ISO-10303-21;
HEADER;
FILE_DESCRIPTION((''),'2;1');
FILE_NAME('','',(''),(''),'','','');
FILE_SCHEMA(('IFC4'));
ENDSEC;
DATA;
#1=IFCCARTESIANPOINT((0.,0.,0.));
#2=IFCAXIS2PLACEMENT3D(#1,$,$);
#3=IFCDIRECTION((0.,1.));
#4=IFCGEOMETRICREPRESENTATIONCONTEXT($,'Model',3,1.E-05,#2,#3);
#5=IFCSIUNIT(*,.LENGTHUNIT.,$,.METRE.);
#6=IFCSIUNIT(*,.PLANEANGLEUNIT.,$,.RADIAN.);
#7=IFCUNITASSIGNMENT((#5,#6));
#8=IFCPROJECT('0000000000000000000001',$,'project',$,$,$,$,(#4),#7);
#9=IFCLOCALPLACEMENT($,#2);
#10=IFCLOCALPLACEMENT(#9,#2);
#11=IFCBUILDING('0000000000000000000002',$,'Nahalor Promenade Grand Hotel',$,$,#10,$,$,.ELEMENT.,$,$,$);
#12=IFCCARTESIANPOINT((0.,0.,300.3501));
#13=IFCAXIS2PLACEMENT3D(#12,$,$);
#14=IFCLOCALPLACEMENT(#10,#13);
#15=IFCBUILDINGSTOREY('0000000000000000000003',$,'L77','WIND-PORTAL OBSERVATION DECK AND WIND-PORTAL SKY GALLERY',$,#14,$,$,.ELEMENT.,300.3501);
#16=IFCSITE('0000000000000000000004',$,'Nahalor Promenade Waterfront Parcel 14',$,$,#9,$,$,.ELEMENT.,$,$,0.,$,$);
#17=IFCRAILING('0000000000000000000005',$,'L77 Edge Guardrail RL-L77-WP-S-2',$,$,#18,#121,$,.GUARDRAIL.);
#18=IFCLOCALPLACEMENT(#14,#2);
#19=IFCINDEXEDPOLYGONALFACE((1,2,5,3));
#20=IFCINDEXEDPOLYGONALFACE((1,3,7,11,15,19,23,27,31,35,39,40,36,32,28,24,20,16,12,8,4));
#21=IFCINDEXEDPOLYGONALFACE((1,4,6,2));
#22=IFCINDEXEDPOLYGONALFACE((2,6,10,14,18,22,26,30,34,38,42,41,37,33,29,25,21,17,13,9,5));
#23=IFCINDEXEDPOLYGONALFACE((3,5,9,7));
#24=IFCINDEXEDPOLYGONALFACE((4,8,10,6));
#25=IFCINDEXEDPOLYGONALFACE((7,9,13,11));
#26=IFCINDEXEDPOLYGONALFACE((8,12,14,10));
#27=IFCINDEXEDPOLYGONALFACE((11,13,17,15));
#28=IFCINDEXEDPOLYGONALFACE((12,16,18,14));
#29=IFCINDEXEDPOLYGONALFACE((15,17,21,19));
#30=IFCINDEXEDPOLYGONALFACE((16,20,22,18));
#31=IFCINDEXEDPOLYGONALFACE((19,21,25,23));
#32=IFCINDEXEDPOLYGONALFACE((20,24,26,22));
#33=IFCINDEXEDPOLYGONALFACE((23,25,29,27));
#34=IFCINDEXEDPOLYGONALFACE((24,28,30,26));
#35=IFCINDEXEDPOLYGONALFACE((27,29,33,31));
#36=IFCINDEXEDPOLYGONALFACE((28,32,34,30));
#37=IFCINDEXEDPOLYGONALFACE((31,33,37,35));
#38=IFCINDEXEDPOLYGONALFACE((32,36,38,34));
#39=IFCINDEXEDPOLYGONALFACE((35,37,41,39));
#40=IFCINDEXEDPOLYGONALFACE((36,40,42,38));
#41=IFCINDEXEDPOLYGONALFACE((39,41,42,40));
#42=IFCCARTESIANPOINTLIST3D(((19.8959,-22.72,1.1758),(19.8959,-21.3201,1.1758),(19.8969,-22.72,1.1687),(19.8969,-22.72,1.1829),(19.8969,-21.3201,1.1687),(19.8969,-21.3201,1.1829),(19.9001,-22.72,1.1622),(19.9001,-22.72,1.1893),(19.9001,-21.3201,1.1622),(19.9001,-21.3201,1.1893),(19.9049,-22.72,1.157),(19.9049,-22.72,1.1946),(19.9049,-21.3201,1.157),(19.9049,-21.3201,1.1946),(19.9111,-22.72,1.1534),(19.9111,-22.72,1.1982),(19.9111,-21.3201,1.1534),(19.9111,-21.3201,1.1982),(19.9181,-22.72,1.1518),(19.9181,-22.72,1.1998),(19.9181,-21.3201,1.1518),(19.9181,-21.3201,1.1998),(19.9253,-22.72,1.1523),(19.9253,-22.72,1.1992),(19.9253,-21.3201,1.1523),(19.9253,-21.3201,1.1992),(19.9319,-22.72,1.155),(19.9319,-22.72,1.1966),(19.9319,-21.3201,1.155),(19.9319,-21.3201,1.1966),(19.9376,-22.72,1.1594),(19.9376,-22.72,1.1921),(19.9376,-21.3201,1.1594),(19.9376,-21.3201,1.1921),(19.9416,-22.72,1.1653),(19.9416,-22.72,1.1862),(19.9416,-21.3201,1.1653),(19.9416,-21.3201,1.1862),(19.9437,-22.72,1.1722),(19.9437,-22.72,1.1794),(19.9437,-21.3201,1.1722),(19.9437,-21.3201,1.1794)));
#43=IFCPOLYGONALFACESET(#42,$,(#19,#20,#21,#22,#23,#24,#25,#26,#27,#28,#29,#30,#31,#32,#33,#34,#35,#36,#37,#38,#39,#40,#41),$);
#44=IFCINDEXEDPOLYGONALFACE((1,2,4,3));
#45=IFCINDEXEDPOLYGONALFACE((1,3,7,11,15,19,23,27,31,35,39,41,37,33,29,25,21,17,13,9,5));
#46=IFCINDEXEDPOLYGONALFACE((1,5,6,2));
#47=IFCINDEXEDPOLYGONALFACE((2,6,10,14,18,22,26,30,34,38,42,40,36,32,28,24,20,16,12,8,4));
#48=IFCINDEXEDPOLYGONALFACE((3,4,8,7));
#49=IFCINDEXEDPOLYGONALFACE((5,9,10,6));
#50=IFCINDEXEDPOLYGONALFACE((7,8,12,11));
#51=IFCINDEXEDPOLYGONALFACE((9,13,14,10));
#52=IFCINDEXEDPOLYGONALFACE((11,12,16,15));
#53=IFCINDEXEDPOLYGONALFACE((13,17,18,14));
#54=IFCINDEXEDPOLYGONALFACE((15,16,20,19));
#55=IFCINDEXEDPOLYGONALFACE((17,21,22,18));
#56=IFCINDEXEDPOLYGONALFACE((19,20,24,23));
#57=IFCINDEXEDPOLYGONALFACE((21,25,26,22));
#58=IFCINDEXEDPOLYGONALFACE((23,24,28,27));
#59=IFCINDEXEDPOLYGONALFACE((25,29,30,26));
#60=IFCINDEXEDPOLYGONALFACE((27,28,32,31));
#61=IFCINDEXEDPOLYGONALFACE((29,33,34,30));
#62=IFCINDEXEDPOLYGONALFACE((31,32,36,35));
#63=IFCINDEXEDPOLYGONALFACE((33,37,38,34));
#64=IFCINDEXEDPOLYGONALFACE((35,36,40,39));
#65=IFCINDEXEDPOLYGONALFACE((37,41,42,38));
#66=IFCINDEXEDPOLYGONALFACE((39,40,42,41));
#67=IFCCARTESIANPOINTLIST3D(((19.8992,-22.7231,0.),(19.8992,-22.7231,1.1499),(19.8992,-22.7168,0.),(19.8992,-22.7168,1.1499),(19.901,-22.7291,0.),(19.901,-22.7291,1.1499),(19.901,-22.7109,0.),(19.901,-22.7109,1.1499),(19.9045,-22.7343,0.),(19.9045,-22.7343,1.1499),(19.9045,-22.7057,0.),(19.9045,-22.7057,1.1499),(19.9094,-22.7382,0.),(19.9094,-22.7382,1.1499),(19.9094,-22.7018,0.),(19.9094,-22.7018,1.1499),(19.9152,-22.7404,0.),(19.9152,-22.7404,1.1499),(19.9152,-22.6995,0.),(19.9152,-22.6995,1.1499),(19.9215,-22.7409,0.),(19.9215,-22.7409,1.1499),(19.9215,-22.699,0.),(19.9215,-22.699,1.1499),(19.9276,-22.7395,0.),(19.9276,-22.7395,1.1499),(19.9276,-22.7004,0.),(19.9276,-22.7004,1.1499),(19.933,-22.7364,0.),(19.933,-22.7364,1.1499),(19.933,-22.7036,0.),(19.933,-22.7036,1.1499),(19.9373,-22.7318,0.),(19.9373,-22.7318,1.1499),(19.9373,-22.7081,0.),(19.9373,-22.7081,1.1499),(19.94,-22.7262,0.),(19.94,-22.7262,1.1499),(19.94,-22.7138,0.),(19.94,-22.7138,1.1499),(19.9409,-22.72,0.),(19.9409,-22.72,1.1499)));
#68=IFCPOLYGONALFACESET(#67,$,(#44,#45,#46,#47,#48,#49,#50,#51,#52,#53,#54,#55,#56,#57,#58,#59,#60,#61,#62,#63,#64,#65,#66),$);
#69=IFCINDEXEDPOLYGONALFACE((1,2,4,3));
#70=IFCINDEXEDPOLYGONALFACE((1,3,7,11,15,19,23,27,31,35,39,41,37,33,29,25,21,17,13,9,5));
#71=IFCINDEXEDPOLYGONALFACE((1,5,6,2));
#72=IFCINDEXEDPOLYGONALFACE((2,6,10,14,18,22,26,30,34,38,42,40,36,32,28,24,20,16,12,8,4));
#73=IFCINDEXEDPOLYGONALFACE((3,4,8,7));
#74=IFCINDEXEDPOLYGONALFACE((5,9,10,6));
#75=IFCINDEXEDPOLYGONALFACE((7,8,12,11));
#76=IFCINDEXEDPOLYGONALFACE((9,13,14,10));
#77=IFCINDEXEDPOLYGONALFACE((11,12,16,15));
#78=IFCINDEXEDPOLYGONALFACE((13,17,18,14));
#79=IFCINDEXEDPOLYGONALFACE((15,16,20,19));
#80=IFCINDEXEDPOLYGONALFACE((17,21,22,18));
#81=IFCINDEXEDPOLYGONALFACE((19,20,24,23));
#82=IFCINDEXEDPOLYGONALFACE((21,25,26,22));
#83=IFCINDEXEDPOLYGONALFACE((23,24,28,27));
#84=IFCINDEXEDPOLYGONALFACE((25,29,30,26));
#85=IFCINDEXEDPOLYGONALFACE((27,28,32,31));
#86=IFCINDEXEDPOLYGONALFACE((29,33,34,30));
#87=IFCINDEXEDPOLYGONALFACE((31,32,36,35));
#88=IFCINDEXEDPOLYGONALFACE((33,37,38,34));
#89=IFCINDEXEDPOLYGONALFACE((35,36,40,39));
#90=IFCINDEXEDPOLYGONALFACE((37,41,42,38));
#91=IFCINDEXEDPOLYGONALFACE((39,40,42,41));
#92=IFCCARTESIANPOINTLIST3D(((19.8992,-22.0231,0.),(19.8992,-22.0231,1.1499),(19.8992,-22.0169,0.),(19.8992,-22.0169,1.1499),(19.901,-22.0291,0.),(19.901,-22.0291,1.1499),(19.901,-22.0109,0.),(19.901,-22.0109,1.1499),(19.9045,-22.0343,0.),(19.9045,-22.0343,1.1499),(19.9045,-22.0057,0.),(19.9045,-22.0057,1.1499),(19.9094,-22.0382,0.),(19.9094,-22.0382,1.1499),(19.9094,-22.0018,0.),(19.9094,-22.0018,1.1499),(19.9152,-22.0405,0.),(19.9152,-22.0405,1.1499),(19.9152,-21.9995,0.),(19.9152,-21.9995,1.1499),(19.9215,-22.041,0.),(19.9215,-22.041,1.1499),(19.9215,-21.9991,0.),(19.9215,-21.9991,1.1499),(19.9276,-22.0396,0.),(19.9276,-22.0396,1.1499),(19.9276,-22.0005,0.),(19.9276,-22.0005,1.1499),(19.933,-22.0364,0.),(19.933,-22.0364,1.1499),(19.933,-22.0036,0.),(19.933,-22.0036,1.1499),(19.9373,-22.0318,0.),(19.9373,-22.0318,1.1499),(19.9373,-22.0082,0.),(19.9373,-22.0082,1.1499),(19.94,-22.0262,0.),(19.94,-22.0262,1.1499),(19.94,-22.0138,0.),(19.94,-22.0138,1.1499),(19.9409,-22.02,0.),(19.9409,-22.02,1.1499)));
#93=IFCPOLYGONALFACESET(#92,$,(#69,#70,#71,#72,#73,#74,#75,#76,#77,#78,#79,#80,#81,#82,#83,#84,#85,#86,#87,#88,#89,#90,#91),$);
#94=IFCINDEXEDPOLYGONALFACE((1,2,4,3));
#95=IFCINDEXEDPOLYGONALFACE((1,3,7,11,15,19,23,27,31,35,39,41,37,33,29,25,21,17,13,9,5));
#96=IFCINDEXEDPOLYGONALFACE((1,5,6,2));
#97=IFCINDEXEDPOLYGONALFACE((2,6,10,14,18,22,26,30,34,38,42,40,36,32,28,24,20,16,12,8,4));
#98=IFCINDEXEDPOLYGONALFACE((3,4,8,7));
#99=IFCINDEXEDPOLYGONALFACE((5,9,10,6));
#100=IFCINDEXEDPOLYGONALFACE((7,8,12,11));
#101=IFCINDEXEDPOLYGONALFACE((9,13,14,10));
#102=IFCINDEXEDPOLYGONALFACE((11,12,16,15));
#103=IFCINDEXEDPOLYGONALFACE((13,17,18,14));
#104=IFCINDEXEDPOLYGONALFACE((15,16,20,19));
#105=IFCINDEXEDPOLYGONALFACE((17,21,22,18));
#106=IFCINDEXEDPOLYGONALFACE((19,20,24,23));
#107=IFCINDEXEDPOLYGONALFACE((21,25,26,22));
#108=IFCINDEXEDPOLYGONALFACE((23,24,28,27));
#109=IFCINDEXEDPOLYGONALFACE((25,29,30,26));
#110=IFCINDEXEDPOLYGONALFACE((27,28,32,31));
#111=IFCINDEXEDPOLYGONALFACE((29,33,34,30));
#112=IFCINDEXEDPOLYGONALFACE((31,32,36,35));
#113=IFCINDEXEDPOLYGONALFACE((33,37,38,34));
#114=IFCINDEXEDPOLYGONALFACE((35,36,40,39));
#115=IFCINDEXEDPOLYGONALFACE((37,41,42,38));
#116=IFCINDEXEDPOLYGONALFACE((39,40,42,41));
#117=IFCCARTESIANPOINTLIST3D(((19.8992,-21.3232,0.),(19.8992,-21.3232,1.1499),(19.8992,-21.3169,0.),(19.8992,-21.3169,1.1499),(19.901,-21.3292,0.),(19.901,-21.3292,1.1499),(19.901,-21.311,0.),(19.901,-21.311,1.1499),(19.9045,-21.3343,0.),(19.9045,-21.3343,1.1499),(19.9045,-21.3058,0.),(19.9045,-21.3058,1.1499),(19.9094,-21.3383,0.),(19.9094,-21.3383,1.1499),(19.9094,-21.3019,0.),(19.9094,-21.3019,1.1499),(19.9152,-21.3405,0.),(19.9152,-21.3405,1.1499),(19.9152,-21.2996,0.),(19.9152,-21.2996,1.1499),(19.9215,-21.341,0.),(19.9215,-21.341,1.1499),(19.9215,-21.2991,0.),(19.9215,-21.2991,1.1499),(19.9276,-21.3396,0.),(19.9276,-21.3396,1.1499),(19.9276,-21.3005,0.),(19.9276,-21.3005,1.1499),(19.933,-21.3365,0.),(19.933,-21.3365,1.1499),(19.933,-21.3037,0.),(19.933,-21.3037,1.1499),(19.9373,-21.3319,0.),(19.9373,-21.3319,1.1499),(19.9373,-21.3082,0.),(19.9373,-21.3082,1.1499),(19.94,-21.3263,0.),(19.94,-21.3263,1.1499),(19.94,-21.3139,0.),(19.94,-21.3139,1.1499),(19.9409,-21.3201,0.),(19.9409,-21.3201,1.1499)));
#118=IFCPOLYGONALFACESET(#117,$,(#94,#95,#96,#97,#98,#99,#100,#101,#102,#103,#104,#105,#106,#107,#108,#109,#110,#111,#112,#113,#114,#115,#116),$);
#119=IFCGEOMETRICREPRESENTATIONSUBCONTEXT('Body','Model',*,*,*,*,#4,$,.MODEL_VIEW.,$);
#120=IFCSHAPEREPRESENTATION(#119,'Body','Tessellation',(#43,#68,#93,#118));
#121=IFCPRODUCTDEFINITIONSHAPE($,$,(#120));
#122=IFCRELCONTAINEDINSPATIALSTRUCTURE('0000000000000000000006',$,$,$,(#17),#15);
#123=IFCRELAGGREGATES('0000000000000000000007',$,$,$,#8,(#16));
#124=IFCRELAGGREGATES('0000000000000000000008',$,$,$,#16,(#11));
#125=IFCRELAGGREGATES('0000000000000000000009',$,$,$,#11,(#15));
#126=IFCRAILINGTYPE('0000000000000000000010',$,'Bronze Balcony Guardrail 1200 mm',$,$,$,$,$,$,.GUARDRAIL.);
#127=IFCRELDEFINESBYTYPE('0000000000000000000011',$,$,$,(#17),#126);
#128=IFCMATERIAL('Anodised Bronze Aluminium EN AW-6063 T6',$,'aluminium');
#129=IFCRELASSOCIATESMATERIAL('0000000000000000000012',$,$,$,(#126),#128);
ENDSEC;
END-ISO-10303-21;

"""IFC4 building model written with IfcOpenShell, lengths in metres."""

from ifc_helpers import new_model, si_unit, direction, frame, origin, origin_2d, place, context, subcontext, project, spatial, circle, extrude, material, type_object, element, save


model = new_model("IFC4")

# Units and contexts
model_context = context("Model", 3, precision=1e-05, world=origin(), true_north=direction((0.0, 1.0)))
body_context = subcontext(model_context, "Body", "Model", "MODEL_VIEW")
ifc_project = project(units=[si_unit("LENGTHUNIT", "METRE"), si_unit("PLANEANGLEUNIT", "RADIAN")], contexts=[model_context])

# Site, building, storey
site_placement = place(None, origin())
site = spatial("IfcSite", under=ifc_project, at=site_placement, Name="Nahalor Promenade Waterfront Parcel 14", CompositionType="ELEMENT", RefElevation=0.0)
building_placement = place(site_placement, origin())
building = spatial("IfcBuilding", under=site, at=building_placement, Name="Nahalor Promenade Grand Hotel", CompositionType="ELEMENT")
storey_placement = place(building_placement, frame((0.0, 0.0, 300.3501)))
storey = spatial("IfcBuildingStorey", under=building, at=storey_placement, Name="L77", Description="WIND-PORTAL OBSERVATION DECK AND WIND-PORTAL SKY GALLERY", CompositionType="ELEMENT", Elevation=300.3501)

# Railing
ifc_material_1 = material(Name="Anodised Bronze Aluminium EN AW-6063 T6", Category="aluminium")
railing_type = type_object("IfcRailingType", Name="Bronze Balcony Guardrail 1200 mm", PredefinedType="GUARDRAIL", material=ifc_material_1)
railing_1_placement = place(storey_placement, frame((19.9199, -22.72, 0.0)))
element("IfcRailing", 1, at=railing_1_placement, inside=storey, type_object=railing_type, Name="L77 Edge Guardrail RL-L77-WP-S-2", PredefinedType="GUARDRAIL", context=body_context, shape_type="SweptSolid", body=[
    extrude(circle(Radius=0.024, at=origin_2d()), frame((0.0, 0.0, 1.1758), z_axis=(0.0, 1.0, 0.0), x_axis=(-1.0, 0.0, 0.0)), (0.0, 0.0, 1.0), 1.3999),
    extrude(circle(Radius=0.021, at=origin_2d()), origin(), (0.0, 0.0, 1.0), 1.1499),
    extrude(circle(Radius=0.021, at=origin_2d()), frame((0.0, 0.7, 0.0)), (0.0, 0.0, 1.0), 1.1499),
    extrude(circle(Radius=0.021, at=origin_2d()), frame((0.0, 1.3999, 0.0)), (0.0, 0.0, 1.0), 1.1499),
])

save(model, "model.ifc")
